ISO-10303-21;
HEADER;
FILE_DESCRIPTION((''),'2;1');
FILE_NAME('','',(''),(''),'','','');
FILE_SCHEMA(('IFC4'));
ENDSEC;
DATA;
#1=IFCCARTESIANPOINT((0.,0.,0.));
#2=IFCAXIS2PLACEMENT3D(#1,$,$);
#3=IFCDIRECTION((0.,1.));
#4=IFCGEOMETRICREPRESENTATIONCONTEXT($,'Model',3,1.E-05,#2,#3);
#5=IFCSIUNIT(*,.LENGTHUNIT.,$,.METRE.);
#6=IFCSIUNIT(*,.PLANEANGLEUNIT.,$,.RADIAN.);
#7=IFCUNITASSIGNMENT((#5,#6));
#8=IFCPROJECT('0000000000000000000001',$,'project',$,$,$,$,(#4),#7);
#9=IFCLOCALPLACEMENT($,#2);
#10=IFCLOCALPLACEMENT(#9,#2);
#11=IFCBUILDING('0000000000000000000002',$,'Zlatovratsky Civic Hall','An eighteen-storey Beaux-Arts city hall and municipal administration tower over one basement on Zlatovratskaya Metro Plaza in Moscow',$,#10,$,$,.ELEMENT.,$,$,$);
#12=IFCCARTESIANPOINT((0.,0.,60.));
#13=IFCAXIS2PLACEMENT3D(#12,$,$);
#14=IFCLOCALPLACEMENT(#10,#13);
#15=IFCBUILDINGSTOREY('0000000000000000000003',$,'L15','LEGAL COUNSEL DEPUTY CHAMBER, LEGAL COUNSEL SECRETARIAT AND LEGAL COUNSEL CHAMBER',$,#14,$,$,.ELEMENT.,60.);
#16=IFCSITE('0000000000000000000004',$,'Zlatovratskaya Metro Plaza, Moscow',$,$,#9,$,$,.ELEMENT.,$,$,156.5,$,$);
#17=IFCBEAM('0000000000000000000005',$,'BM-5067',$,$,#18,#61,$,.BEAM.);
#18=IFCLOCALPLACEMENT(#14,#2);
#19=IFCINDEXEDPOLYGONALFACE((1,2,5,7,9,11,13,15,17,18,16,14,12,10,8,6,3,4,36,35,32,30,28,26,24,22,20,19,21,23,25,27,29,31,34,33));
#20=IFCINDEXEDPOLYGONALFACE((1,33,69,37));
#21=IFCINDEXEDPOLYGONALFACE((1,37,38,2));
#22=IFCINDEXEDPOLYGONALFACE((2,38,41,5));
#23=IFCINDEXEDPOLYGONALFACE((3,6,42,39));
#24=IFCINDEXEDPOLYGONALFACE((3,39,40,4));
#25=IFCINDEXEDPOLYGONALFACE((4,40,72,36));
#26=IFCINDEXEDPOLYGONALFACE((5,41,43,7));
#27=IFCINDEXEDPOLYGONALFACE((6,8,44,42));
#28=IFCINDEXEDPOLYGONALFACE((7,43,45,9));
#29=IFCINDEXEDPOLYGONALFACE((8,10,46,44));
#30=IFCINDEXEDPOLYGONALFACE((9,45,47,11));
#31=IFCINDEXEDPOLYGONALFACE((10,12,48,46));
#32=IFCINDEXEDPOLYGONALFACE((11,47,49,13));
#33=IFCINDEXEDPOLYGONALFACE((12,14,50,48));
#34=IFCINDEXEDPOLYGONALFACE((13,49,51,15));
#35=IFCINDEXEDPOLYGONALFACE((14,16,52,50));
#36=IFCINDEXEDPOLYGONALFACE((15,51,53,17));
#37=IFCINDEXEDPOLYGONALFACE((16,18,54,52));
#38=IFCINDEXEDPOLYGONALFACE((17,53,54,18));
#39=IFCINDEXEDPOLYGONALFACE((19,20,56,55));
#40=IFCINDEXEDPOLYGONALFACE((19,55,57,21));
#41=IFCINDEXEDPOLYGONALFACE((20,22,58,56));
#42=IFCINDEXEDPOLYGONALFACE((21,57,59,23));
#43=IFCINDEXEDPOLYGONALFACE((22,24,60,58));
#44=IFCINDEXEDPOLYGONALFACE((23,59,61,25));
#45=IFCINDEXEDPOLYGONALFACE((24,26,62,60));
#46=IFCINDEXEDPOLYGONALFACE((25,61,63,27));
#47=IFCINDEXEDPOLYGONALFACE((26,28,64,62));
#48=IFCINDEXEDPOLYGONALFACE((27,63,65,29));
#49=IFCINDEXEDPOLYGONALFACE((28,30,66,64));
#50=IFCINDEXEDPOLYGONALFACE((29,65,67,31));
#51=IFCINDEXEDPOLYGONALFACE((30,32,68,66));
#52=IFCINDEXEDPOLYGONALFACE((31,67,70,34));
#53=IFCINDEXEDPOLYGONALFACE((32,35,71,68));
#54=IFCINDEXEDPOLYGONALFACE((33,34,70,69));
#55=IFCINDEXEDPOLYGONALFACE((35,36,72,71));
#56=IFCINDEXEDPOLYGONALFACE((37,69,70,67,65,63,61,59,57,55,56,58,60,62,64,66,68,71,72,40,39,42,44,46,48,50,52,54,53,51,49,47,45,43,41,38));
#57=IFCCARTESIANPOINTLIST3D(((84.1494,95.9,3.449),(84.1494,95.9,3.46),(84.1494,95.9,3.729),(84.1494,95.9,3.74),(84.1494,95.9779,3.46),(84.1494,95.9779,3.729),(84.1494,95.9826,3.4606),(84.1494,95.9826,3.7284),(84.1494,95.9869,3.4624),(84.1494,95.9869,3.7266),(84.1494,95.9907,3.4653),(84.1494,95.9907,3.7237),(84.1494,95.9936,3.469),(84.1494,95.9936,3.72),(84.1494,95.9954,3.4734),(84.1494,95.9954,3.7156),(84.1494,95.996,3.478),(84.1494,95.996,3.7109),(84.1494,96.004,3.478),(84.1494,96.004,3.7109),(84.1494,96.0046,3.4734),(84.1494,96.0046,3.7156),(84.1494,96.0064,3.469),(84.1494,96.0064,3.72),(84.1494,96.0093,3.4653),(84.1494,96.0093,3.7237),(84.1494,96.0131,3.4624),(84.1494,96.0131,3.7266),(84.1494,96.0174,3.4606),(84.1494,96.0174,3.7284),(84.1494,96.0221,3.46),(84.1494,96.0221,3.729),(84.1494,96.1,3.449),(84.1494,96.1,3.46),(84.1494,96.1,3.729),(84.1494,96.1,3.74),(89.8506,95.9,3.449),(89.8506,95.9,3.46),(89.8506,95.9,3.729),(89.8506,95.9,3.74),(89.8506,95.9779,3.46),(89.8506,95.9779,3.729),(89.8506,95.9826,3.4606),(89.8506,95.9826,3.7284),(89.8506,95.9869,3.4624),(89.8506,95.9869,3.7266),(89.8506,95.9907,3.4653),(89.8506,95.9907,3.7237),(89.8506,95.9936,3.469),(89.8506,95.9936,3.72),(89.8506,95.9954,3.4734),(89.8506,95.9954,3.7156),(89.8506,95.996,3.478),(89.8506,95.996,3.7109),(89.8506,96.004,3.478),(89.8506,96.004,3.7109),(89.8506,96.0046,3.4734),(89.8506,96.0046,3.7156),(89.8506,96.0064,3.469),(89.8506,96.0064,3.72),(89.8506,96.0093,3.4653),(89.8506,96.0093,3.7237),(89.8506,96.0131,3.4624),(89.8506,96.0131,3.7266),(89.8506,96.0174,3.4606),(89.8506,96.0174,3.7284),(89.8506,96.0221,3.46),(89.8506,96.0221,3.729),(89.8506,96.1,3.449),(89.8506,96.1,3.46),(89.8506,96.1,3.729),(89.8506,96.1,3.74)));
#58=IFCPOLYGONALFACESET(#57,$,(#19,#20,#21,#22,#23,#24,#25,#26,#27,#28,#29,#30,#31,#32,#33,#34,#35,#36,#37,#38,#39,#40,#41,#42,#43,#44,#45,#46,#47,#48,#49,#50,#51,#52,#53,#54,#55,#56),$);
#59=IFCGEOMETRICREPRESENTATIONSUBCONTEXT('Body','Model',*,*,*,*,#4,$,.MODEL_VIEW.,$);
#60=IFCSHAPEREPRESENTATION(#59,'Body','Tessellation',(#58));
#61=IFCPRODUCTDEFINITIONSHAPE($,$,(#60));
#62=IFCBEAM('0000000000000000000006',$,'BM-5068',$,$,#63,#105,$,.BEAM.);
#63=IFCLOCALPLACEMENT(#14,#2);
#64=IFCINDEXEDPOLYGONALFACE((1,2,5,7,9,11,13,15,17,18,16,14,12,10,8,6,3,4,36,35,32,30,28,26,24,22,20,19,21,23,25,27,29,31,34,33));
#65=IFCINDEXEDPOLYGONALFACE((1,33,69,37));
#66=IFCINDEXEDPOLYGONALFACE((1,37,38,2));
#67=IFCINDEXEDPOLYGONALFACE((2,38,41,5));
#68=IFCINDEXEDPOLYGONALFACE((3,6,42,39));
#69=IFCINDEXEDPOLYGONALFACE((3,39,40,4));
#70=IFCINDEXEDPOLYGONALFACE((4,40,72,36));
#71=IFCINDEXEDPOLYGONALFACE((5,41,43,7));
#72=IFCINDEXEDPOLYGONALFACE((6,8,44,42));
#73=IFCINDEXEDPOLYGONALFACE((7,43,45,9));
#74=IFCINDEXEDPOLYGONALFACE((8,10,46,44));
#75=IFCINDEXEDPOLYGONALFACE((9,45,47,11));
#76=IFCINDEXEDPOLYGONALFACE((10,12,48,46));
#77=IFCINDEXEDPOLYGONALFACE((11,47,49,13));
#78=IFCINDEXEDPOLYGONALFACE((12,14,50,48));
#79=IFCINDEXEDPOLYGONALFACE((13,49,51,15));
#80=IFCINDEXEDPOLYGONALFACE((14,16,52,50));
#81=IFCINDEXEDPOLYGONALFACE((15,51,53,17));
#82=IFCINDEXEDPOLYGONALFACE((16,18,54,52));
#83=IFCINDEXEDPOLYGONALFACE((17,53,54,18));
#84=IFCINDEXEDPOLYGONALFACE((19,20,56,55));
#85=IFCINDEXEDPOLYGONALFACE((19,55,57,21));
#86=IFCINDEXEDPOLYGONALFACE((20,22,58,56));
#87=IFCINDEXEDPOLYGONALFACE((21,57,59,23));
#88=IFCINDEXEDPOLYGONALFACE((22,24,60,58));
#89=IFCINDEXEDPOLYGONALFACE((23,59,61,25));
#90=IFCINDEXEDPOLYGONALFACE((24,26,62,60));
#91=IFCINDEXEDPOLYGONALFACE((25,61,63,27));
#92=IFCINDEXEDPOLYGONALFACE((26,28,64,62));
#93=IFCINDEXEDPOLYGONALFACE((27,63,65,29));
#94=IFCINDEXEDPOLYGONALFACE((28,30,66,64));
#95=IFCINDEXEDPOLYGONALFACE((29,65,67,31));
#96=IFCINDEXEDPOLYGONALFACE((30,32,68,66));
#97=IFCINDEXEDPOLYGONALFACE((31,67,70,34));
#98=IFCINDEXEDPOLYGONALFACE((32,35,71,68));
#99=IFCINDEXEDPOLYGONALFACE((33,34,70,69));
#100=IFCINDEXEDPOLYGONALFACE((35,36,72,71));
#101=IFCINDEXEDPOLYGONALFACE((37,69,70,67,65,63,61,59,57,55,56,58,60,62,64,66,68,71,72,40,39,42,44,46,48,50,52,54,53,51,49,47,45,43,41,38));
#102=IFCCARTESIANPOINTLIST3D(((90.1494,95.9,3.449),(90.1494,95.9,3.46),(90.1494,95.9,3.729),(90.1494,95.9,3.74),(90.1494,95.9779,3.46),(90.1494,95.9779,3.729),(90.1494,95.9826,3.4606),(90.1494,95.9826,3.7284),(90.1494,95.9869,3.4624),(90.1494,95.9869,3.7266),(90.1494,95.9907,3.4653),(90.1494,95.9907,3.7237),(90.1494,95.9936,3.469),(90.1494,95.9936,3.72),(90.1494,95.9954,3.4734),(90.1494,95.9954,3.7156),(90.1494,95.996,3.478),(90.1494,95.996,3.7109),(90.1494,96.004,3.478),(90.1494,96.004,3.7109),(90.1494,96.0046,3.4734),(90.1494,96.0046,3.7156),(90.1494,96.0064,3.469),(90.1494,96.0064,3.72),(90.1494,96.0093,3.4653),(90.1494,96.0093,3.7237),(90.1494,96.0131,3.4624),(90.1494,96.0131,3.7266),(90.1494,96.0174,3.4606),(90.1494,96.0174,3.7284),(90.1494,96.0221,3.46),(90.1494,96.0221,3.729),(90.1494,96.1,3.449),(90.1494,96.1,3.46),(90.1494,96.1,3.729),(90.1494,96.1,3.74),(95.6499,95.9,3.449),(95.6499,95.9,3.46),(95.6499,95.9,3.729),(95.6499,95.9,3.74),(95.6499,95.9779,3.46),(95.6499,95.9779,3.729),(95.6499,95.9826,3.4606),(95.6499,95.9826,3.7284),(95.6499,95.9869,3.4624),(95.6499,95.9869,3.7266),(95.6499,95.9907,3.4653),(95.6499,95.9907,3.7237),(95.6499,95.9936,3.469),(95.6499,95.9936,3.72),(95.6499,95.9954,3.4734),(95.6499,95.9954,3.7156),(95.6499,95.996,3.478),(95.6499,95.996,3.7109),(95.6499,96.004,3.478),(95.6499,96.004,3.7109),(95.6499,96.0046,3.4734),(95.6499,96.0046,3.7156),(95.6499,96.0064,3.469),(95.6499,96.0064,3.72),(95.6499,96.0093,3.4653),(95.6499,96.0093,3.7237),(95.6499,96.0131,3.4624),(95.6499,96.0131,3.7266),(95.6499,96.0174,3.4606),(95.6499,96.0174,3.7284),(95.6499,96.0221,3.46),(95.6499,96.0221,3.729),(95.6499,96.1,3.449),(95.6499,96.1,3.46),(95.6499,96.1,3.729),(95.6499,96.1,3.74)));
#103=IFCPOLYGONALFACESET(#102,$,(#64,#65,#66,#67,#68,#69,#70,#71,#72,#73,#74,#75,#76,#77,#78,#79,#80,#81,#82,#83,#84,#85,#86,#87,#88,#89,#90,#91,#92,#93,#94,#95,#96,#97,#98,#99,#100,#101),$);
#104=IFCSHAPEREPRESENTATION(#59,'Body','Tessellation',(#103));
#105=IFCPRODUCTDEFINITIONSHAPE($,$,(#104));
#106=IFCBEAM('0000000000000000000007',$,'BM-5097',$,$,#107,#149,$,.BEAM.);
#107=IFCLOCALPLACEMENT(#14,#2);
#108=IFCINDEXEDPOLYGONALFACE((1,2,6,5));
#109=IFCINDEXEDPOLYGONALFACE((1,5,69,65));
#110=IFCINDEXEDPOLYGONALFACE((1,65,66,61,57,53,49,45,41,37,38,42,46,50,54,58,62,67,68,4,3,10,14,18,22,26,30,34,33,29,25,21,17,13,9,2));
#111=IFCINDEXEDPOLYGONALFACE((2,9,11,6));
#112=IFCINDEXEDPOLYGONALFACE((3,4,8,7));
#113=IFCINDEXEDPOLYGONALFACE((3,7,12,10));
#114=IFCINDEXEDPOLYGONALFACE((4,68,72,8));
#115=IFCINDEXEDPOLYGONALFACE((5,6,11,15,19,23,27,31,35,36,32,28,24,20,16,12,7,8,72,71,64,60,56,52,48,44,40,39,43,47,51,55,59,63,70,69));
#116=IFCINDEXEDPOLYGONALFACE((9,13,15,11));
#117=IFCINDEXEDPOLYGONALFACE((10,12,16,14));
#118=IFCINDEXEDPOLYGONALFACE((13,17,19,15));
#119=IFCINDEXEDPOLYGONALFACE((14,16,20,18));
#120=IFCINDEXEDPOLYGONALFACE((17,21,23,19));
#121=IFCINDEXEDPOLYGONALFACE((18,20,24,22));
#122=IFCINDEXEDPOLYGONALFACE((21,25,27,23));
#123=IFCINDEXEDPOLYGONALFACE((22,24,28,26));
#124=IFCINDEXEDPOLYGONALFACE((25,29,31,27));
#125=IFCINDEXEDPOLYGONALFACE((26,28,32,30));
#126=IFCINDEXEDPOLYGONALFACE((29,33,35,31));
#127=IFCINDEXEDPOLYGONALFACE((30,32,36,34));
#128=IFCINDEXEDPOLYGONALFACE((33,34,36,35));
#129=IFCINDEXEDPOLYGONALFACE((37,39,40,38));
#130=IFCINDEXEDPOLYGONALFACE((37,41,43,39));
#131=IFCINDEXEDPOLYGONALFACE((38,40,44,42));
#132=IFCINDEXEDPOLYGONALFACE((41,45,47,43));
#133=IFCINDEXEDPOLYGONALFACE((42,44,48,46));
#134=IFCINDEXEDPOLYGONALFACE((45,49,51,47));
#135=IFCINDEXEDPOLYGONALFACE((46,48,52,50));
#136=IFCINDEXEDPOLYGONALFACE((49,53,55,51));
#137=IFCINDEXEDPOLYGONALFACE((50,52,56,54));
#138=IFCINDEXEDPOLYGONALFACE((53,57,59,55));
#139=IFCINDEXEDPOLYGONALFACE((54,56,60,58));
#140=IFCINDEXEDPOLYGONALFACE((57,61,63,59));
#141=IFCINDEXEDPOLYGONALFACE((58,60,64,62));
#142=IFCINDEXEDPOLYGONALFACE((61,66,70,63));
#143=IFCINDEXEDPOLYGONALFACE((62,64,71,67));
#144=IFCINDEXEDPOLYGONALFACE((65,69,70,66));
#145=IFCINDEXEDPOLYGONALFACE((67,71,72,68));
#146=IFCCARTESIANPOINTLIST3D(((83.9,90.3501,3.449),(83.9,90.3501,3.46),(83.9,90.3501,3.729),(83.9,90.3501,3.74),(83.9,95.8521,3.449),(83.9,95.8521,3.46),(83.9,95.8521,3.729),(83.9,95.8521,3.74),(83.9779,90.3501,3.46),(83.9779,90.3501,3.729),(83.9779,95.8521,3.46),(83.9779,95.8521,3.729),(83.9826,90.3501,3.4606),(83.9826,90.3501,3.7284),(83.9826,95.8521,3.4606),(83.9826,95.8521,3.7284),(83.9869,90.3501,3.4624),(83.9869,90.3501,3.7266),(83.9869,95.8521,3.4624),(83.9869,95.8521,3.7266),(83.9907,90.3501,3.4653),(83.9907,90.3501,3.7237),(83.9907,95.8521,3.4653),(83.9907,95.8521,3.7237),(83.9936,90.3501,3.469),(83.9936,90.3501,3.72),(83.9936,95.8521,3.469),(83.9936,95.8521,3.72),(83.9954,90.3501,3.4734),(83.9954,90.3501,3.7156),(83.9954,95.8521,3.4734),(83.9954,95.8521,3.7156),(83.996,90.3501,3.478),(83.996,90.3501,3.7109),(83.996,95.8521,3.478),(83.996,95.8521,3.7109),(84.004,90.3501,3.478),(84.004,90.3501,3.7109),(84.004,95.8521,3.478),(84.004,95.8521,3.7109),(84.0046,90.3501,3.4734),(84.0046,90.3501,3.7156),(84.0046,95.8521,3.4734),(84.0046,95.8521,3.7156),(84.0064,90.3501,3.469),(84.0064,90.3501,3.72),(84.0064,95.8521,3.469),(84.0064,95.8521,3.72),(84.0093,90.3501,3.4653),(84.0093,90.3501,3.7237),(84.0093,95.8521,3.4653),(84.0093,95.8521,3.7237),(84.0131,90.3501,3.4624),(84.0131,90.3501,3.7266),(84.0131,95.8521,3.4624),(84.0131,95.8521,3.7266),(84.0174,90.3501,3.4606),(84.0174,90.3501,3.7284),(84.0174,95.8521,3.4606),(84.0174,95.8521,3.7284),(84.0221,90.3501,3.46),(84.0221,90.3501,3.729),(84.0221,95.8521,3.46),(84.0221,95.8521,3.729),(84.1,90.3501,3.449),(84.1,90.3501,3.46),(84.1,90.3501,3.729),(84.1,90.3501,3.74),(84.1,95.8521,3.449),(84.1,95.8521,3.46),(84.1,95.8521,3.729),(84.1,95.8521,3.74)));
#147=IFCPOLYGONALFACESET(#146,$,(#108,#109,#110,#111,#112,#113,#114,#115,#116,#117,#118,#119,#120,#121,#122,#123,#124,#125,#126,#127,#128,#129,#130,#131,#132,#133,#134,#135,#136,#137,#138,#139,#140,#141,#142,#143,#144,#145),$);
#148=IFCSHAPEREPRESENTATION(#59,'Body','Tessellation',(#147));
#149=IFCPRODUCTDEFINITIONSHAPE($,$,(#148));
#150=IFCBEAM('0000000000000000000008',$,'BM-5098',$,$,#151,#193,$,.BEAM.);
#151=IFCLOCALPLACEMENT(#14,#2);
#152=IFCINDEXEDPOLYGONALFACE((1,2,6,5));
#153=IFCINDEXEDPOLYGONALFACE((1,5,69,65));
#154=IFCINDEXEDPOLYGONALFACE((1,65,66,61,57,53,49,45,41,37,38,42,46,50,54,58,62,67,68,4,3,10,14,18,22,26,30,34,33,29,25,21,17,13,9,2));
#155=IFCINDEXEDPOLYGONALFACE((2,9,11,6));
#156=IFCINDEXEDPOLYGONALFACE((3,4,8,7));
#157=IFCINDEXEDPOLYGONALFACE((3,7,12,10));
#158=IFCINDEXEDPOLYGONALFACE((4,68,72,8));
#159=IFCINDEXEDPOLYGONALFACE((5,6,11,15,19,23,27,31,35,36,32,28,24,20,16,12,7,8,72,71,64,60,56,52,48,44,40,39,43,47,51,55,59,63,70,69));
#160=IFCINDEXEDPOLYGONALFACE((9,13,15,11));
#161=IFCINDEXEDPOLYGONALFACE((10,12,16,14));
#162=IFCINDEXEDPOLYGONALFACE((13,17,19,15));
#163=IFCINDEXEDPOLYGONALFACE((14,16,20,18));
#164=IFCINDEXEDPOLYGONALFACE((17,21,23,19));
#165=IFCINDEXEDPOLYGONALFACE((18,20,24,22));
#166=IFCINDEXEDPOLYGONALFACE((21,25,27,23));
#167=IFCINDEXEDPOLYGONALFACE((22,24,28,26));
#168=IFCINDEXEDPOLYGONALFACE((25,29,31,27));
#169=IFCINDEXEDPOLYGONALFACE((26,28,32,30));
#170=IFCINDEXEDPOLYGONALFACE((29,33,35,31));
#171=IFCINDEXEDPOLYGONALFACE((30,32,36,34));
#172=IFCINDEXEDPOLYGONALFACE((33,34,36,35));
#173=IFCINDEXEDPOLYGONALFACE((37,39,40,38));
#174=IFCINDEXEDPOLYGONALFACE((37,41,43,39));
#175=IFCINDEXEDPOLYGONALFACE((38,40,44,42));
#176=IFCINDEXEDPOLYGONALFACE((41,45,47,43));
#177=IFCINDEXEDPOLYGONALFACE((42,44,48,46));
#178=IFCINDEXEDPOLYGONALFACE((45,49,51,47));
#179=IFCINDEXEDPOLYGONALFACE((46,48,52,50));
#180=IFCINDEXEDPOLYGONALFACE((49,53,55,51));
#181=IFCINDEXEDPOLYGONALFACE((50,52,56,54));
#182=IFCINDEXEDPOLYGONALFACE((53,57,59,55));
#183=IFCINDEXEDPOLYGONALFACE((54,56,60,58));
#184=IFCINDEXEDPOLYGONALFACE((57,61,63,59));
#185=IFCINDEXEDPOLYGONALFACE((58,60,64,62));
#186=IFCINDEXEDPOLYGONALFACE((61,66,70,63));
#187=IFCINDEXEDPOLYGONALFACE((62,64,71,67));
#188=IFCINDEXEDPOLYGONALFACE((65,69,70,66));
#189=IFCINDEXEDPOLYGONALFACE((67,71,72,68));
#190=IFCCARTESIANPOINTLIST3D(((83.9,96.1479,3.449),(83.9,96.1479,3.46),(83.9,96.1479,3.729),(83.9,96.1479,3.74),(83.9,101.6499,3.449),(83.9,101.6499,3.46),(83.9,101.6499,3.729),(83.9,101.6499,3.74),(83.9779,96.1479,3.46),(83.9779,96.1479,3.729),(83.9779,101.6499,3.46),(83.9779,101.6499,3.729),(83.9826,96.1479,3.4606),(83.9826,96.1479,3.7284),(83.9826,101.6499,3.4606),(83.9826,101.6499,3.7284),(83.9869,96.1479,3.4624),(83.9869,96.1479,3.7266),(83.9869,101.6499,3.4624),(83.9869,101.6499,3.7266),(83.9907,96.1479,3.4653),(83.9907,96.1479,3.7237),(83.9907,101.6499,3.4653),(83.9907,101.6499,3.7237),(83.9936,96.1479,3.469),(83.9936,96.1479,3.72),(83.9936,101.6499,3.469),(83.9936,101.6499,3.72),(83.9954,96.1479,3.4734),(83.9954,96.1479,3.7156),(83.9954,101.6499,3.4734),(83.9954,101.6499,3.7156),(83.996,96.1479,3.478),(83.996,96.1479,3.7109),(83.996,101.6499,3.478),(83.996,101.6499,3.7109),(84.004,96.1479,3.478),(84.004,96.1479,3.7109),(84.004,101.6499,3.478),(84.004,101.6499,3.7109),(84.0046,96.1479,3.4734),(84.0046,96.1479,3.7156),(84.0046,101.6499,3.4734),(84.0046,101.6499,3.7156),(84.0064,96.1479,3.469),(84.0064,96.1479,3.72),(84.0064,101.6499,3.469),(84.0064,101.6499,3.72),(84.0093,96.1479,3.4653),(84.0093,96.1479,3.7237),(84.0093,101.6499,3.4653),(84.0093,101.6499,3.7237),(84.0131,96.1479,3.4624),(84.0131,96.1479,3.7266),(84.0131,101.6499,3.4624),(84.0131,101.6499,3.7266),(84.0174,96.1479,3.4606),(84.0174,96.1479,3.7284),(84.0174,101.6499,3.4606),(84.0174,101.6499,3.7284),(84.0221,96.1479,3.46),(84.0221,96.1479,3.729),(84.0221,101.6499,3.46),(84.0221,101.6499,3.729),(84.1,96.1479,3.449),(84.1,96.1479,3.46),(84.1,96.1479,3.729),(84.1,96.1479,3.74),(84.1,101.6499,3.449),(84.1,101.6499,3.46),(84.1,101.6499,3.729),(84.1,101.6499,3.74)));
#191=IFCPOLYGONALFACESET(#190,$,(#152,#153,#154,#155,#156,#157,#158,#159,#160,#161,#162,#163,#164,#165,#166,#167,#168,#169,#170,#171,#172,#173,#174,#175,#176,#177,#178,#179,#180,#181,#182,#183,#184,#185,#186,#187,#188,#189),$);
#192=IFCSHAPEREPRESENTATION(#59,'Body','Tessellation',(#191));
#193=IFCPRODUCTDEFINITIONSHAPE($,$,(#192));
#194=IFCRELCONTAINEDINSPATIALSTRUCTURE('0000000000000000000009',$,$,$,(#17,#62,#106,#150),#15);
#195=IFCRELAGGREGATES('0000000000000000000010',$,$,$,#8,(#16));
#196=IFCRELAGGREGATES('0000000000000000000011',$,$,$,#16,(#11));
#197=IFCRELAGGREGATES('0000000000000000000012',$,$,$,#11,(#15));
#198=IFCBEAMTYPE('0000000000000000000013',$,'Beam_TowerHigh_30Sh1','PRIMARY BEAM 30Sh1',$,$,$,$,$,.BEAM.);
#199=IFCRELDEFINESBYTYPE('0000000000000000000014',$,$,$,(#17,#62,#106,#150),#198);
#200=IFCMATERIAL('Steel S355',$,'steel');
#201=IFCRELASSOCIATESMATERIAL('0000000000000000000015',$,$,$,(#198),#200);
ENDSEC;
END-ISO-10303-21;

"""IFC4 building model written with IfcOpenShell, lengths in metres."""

from ifc_helpers import new_model, si_unit, direction, frame, origin, origin_2d, place, context, subcontext, project, spatial, i_section, extrude, material, material_profile, profile_set, type_object, element, save


model = new_model("IFC4")

# Units and contexts
model_context = context("Model", 3, precision=1e-05, world=origin(), true_north=direction((0.0, 1.0)))
body_context = subcontext(model_context, "Body", "Model", "MODEL_VIEW")
ifc_project = project(units=[si_unit("LENGTHUNIT", "METRE"), si_unit("PLANEANGLEUNIT", "RADIAN")], contexts=[model_context])

# Site, building, storey
site_placement = place(None, origin())
site = spatial("IfcSite", under=ifc_project, at=site_placement, Name="Zlatovratskaya Metro Plaza, Moscow", CompositionType="ELEMENT", RefElevation=156.5)
building_placement = place(site_placement, origin())
building = spatial("IfcBuilding", under=site, at=building_placement, Name="Zlatovratsky Civic Hall", Description="An eighteen-storey Beaux-Arts city hall and municipal administration tower over one basement on Zlatovratskaya Metro Plaza in Moscow", CompositionType="ELEMENT")
storey_placement = place(building_placement, frame((0.0, 0.0, 60.0)))
storey = spatial("IfcBuildingStorey", under=building, at=storey_placement, Name="L15", Description="LEGAL COUNSEL DEPUTY CHAMBER, LEGAL COUNSEL SECRETARIAT AND LEGAL COUNSEL CHAMBER", CompositionType="ELEMENT", Elevation=60.0)

# Shared definitions
ifc_material_1 = material(Name="Steel S355", Category="steel")

# Beams
ifc_material_profile_1 = material_profile(ifc_material_1, i_section(OverallWidth=0.2, OverallDepth=0.291, WebThickness=0.0081, FlangeThickness=0.011, FilletRadius=0.0181, at=origin_2d()), Name="30Sh1")
ifc_profile_set_1 = profile_set([ifc_material_profile_1], Name="Steel S355")
beam_type_1 = type_object("IfcBeamType", Name="Beam_TowerHigh_30Sh1", Description="PRIMARY BEAM 30Sh1", PredefinedType="BEAM", material=ifc_profile_set_1)
beam_1_placement = place(storey_placement, frame((84.1494, 96.0, 3.5945), z_axis=(1.0, 0.0, 0.0), x_axis=(0.0, 1.0, 0.0)))
element("IfcBeam", 1, at=beam_1_placement, inside=storey, type_object=beam_type_1, Name="BM-5067", PredefinedType="BEAM", context=body_context, shape_type="SweptSolid", body=[
    extrude(i_section(OverallWidth=0.2, OverallDepth=0.291, WebThickness=0.0081, FlangeThickness=0.011, FilletRadius=0.0181, at=origin_2d()), origin(), (0.0, 0.0, 1.0), 5.7012),
])
beam_2_placement = place(storey_placement, frame((90.1494, 96.0, 3.5945), z_axis=(1.0, 0.0, 0.0), x_axis=(0.0, 1.0, 0.0)))
element("IfcBeam", 2, at=beam_2_placement, inside=storey, type_object=beam_type_1, Name="BM-5068", PredefinedType="BEAM", context=body_context, shape_type="SweptSolid", body=[
    extrude(i_section(OverallWidth=0.2, OverallDepth=0.291, WebThickness=0.0081, FlangeThickness=0.011, FilletRadius=0.0181, at=origin_2d()), origin(), (0.0, 0.0, 1.0), 5.5005),
])
for number, where, z_axis, x_axis, name in (
    (3, (84.0, 90.3501, 3.5945), (0.0, 1.0, 0.0), (-1.0, 0.0, 0.0), "BM-5097"),
    (4, (84.0, 96.1479, 3.5945), (0.0, 1.0, 0.0), (-1.0, 0.0, 0.0), "BM-5098"),
):
    element("IfcBeam", number, at=place(storey_placement, frame(where, z_axis=z_axis, x_axis=x_axis)), inside=storey, type_object=beam_type_1, Name=name, PredefinedType="BEAM", context=body_context, shape_type="SweptSolid", body=[
        extrude(i_section(OverallWidth=0.2, OverallDepth=0.291, WebThickness=0.0081, FlangeThickness=0.011, FilletRadius=0.0181, at=origin_2d()), origin(), (0.0, 0.0, 1.0), 5.502),
    ])

save(model, "model.ifc")
